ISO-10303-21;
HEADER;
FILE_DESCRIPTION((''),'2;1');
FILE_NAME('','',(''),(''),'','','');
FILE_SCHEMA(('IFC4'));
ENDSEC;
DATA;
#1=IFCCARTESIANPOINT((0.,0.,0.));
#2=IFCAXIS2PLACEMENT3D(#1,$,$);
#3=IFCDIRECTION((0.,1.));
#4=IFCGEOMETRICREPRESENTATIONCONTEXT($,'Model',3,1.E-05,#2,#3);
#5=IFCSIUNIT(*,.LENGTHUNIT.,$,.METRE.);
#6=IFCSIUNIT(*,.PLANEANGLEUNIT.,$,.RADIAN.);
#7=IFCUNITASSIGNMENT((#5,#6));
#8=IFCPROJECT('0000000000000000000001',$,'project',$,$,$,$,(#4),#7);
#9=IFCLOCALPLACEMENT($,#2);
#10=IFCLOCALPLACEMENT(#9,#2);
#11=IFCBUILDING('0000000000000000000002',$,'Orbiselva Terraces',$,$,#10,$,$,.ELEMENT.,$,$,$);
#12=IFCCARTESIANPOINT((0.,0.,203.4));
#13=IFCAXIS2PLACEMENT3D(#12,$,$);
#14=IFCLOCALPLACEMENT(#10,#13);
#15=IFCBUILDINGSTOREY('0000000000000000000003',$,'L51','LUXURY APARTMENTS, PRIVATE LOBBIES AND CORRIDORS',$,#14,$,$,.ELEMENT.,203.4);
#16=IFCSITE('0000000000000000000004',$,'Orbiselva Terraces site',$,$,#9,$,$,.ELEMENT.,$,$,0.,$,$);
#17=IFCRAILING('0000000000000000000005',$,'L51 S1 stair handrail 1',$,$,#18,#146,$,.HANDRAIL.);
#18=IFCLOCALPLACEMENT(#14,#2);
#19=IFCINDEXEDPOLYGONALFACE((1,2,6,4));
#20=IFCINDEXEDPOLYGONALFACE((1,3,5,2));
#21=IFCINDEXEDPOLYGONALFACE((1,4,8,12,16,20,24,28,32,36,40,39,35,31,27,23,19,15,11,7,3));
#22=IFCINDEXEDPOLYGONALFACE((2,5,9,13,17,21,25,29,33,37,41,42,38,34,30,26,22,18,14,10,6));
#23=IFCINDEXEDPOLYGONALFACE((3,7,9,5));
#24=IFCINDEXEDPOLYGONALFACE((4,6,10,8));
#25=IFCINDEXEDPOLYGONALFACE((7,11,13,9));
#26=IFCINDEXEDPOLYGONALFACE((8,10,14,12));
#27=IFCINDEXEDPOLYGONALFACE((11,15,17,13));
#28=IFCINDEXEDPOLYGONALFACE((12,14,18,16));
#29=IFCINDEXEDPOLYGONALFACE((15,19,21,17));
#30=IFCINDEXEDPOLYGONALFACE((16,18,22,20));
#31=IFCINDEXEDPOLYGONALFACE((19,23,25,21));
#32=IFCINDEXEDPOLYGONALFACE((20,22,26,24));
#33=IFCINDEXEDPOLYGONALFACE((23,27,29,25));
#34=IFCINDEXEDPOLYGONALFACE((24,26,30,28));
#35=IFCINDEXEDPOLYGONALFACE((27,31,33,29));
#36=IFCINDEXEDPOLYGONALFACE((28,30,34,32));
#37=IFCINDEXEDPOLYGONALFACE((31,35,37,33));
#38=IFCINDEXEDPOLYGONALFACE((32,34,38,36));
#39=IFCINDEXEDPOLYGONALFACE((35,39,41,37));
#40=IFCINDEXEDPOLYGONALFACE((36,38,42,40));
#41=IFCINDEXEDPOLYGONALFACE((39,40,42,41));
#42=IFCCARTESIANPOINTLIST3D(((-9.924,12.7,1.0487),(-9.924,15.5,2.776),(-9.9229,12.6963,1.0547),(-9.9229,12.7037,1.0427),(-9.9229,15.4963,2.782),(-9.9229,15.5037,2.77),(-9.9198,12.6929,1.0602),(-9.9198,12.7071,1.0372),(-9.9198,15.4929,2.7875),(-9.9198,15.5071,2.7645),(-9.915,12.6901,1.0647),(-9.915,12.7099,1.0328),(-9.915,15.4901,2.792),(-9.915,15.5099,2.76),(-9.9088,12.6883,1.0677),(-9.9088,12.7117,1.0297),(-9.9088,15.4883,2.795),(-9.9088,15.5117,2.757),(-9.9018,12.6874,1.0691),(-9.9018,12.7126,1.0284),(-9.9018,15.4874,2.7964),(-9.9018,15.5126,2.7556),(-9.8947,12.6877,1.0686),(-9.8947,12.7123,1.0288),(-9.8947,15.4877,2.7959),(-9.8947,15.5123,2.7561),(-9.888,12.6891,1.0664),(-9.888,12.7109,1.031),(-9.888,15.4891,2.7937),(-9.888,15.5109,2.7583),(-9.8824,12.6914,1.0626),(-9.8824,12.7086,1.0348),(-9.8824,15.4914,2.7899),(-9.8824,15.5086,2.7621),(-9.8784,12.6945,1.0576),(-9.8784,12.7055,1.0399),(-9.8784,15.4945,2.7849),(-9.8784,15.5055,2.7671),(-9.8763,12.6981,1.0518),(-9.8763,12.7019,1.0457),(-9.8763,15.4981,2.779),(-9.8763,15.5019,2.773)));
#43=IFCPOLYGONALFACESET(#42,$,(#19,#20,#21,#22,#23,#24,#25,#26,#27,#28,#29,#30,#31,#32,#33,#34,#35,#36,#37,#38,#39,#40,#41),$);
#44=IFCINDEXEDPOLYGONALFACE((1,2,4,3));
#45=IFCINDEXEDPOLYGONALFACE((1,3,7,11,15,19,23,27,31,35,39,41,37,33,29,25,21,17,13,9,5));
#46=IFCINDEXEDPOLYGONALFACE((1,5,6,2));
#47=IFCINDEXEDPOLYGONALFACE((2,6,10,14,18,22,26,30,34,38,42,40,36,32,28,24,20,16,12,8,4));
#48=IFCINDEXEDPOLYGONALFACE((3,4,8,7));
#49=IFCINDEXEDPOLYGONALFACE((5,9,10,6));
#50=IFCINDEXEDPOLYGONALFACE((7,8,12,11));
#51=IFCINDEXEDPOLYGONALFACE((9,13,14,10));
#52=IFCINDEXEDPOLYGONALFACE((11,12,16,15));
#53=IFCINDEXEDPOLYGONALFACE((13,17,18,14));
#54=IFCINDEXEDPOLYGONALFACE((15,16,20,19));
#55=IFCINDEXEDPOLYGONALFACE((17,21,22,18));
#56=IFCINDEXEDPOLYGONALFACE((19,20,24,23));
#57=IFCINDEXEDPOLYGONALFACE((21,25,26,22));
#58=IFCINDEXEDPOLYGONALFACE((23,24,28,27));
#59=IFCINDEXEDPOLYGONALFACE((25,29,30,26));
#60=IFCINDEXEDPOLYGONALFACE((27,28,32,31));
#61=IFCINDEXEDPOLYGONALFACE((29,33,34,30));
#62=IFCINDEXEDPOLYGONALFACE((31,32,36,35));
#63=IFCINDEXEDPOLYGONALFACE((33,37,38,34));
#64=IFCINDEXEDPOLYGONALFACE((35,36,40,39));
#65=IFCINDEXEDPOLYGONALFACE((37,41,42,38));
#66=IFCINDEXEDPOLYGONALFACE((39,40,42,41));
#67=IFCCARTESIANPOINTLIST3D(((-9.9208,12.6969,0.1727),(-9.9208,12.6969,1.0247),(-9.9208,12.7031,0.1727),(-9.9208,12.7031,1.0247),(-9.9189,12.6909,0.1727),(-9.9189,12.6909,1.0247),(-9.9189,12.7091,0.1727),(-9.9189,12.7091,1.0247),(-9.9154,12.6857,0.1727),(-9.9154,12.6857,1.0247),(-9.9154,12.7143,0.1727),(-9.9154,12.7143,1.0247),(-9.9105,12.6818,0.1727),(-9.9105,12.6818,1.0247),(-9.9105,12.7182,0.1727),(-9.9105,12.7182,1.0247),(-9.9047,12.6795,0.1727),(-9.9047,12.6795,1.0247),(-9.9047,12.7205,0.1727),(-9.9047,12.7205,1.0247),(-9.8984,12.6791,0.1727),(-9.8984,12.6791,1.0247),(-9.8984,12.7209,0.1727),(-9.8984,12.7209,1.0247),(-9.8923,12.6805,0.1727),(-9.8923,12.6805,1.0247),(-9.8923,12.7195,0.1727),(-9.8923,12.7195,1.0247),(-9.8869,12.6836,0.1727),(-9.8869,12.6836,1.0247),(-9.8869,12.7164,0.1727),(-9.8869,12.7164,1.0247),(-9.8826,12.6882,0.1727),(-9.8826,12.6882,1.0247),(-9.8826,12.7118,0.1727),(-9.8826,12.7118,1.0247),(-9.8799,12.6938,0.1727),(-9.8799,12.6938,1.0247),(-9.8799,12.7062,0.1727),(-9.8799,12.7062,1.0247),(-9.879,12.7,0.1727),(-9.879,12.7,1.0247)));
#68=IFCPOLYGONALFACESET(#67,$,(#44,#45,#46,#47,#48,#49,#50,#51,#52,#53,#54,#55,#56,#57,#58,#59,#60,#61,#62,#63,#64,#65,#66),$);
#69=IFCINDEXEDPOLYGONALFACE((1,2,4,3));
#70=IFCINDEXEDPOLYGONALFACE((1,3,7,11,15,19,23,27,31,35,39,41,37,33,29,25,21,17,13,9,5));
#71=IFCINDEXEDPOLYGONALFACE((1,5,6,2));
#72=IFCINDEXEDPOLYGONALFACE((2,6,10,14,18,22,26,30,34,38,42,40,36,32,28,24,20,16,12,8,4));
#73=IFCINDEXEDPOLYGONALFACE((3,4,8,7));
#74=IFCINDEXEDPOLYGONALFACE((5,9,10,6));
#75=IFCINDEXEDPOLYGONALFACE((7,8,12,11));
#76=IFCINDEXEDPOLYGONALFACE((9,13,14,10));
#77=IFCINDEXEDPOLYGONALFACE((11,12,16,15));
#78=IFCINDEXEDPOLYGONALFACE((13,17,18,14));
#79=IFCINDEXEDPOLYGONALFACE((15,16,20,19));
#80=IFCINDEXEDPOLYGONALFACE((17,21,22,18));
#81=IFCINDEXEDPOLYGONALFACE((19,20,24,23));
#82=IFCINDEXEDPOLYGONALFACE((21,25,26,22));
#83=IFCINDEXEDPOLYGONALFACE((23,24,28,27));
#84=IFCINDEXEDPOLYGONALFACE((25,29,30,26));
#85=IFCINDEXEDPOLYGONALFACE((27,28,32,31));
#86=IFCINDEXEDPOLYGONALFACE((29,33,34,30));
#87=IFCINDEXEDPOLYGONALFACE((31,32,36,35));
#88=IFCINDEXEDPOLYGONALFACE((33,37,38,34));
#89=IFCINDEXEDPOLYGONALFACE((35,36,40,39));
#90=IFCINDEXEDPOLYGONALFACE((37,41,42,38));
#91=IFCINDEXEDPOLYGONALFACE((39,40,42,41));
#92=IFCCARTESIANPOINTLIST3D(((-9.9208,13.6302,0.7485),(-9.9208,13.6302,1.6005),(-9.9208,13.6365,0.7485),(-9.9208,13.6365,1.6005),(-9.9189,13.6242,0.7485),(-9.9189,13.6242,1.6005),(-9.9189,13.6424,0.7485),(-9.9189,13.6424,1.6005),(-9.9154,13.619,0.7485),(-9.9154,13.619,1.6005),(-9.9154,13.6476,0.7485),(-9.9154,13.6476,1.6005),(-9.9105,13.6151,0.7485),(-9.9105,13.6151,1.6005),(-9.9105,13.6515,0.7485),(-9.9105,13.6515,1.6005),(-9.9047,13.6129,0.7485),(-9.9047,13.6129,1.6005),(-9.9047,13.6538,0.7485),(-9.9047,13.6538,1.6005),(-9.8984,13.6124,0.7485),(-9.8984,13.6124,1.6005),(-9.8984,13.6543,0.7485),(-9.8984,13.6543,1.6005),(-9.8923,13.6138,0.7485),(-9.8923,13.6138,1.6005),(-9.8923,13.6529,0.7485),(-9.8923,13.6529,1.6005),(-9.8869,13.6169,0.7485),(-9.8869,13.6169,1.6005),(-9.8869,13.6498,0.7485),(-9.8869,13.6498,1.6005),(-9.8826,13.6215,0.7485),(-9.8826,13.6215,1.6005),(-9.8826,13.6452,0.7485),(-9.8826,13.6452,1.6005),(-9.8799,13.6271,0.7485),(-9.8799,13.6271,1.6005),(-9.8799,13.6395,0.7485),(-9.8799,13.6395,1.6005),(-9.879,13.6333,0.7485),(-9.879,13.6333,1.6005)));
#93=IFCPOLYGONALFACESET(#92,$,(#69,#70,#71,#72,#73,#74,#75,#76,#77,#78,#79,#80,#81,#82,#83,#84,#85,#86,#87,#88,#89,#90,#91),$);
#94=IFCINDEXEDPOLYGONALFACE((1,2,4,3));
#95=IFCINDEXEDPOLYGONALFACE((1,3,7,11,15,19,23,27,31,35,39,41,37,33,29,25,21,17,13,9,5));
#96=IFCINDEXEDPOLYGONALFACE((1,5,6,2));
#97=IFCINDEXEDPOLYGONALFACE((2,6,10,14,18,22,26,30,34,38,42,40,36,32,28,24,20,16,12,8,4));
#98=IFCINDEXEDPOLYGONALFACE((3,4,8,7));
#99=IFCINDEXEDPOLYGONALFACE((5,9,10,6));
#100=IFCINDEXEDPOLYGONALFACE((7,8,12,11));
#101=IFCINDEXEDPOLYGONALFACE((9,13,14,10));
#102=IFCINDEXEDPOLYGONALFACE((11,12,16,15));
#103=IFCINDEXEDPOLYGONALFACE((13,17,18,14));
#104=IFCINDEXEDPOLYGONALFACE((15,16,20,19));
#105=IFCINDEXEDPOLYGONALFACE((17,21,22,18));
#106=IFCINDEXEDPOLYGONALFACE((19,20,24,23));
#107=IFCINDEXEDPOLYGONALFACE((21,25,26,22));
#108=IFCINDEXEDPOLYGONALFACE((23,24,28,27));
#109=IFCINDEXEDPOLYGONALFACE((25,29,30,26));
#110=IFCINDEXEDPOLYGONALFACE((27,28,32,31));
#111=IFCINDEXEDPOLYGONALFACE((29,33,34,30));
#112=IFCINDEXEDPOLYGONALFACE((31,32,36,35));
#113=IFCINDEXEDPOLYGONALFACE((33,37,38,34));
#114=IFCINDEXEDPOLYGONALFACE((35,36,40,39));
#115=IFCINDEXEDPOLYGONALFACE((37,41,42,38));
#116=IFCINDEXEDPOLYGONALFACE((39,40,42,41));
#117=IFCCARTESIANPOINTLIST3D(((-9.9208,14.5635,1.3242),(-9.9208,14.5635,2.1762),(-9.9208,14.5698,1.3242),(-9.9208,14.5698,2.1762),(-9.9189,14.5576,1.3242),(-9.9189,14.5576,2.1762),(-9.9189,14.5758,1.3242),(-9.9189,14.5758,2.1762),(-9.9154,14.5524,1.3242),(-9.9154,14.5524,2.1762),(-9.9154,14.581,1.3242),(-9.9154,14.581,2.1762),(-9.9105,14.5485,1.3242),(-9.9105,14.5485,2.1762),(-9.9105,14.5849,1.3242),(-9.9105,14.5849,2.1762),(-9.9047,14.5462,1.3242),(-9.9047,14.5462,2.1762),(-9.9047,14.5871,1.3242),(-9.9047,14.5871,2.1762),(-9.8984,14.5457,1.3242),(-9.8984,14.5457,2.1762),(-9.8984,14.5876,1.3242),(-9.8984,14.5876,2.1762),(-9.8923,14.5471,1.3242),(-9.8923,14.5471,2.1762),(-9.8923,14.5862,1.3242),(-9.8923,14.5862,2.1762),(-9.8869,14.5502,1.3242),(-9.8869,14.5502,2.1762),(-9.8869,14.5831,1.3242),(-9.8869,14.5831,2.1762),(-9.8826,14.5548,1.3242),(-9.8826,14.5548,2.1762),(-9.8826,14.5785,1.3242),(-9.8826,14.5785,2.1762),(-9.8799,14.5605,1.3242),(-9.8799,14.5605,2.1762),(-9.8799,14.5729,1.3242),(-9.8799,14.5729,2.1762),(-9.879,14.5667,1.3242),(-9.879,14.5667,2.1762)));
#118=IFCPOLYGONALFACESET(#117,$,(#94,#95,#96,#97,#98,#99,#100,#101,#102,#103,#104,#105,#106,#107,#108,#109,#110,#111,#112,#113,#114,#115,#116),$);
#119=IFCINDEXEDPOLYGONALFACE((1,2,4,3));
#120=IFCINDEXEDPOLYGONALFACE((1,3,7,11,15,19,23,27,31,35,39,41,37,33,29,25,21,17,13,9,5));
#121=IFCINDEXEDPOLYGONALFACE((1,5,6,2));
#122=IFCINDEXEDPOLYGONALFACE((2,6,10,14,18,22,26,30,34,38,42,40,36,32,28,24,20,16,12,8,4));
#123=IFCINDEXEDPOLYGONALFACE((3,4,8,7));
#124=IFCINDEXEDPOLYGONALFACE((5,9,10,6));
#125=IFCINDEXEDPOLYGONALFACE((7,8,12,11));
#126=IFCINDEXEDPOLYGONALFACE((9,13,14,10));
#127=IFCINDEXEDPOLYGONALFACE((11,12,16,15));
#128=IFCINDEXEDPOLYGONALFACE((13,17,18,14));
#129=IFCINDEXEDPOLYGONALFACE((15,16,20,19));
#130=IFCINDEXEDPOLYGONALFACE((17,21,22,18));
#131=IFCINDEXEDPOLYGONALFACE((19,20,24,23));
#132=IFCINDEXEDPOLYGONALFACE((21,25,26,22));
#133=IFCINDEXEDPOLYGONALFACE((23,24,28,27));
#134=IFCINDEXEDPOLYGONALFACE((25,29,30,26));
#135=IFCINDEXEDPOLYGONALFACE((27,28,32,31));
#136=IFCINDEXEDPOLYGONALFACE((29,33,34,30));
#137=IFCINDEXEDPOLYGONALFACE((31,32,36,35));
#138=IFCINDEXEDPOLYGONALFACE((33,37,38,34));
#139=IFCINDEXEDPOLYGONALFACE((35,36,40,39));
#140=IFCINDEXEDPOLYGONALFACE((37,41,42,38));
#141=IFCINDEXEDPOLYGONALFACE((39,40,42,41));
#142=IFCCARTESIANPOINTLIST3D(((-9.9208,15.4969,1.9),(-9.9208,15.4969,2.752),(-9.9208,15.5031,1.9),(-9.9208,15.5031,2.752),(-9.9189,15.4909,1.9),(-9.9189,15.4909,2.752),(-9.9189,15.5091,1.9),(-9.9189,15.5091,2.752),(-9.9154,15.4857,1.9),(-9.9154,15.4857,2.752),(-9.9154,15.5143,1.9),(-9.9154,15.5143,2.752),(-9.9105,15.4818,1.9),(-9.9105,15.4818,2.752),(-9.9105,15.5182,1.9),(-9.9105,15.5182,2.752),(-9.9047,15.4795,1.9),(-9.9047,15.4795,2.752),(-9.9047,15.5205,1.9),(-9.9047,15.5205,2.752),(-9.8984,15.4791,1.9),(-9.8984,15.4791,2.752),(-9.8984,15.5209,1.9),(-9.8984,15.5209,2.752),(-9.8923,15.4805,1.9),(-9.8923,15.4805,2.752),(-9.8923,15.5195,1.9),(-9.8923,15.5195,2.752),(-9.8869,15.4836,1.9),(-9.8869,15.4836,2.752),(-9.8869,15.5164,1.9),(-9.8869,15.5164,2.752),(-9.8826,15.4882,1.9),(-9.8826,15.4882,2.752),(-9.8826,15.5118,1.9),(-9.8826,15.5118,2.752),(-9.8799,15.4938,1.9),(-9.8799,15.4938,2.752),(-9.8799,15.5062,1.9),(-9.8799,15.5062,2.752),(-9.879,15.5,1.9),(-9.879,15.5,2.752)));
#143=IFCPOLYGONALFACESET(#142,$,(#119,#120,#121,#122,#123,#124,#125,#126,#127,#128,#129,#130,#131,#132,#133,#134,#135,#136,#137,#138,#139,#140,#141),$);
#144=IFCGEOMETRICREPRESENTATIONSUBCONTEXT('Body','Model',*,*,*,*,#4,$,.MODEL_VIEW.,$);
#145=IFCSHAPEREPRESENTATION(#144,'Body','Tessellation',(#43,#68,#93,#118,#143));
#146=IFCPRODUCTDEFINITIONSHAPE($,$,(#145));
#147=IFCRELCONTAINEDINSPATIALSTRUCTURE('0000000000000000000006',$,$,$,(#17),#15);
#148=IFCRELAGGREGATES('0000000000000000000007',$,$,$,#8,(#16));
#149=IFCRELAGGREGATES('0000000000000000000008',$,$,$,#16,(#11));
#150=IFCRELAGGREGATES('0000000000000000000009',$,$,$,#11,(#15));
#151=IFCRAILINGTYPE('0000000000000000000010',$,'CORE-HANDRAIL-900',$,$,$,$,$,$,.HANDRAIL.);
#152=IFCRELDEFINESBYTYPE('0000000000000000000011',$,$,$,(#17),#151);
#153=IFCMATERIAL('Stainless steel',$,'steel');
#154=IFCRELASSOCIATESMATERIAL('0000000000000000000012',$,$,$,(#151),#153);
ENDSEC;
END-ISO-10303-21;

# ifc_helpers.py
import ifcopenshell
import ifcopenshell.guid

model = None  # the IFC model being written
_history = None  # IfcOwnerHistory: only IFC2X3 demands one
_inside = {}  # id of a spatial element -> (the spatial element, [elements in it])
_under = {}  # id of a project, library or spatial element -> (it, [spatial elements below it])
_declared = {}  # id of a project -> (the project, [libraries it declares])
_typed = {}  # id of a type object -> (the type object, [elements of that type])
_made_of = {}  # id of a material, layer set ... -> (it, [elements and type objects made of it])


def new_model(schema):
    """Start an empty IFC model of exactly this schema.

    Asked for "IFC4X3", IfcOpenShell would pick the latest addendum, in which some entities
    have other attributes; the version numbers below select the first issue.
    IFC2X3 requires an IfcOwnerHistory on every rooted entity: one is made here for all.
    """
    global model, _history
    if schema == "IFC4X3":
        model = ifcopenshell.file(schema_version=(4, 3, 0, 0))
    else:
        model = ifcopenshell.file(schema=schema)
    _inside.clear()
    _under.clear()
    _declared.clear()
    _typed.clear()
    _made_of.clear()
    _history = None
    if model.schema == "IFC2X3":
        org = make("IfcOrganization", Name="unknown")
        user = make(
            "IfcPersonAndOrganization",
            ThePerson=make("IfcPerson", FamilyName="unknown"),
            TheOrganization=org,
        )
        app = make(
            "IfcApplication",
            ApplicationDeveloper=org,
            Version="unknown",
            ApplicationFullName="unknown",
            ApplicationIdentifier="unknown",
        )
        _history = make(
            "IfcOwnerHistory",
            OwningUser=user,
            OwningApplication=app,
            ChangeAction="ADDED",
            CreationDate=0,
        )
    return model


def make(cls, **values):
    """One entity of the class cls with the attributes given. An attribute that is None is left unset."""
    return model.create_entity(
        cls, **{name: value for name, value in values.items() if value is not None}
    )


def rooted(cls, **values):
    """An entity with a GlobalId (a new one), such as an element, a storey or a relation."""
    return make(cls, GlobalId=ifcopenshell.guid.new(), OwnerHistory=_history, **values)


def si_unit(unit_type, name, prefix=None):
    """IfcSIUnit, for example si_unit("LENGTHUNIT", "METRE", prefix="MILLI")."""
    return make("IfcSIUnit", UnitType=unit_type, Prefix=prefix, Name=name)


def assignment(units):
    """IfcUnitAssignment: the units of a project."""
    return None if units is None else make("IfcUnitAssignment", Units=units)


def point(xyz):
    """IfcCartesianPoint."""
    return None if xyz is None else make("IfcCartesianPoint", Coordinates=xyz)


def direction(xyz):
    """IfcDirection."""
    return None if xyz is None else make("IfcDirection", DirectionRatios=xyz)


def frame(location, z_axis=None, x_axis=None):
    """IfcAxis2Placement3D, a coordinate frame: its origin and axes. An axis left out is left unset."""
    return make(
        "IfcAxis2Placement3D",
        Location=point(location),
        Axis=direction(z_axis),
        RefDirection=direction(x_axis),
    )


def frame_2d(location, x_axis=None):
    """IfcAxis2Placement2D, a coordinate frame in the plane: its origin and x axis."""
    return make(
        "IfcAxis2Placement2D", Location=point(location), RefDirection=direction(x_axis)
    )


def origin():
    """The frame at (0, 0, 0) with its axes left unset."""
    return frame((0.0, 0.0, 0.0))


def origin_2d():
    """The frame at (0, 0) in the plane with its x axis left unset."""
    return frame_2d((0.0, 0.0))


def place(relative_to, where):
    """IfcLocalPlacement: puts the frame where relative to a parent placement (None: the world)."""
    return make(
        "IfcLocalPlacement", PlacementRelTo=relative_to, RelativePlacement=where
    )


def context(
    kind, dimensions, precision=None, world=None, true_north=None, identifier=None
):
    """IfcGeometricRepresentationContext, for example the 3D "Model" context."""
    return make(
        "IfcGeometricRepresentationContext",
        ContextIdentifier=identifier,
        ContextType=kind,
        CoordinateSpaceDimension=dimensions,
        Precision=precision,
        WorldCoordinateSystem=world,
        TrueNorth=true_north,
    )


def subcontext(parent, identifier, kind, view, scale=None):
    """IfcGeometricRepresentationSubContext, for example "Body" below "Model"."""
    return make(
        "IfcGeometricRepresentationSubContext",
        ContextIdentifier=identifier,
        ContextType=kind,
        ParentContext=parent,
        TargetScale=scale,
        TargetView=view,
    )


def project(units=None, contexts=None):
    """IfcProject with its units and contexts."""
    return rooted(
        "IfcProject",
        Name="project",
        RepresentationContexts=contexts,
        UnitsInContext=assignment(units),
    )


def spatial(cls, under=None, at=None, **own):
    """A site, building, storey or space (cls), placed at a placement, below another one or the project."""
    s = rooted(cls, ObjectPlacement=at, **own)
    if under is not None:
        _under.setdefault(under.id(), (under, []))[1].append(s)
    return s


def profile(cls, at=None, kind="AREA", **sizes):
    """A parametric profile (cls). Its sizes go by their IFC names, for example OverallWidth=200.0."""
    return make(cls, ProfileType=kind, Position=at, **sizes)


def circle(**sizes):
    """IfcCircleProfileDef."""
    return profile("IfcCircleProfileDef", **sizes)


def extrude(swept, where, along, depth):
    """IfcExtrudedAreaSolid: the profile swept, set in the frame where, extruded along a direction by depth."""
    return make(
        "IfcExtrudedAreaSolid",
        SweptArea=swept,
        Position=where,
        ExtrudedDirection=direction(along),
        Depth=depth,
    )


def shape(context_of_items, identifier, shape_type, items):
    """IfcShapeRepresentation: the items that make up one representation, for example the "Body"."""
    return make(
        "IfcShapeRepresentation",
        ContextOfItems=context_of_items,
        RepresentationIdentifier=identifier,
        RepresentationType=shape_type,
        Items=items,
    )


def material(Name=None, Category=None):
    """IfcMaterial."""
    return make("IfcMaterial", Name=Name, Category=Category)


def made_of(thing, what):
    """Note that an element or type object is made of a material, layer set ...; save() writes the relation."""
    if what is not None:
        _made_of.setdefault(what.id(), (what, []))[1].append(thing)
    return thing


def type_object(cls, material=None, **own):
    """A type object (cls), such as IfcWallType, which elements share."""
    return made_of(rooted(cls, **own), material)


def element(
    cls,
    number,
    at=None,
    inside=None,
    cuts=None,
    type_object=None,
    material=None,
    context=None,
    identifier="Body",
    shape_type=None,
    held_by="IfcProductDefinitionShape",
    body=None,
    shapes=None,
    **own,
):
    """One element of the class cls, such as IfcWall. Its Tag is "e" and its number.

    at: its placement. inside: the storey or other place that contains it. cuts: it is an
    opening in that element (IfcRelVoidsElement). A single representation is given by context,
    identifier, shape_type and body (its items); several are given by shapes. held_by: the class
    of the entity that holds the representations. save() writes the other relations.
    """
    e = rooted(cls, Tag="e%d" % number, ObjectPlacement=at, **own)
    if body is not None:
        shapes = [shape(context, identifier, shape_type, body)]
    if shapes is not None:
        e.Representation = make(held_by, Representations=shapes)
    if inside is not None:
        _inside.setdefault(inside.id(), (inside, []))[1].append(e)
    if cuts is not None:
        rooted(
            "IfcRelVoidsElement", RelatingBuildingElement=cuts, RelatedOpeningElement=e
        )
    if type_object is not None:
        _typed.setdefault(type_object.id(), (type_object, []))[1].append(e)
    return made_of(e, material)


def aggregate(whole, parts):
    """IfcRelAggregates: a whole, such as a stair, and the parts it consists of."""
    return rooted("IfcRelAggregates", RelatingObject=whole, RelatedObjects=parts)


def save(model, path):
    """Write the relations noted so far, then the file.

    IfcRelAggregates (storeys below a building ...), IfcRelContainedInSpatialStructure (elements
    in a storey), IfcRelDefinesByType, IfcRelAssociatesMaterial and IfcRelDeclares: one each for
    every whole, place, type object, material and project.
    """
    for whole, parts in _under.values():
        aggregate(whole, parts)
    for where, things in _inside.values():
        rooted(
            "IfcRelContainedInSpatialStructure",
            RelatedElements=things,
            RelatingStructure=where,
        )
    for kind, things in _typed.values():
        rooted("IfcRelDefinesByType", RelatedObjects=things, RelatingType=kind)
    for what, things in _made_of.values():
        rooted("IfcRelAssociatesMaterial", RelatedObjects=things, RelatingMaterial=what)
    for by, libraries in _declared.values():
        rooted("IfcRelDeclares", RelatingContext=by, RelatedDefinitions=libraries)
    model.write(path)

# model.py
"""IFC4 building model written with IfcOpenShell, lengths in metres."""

from ifc_helpers import new_model, si_unit, direction, frame, origin, origin_2d, place, context, subcontext, project, spatial, circle, extrude, material, type_object, element, save


model = new_model("IFC4")

# Units and contexts
model_context = context("Model", 3, precision=1e-05, world=origin(), true_north=direction((0.0, 1.0)))
body_context = subcontext(model_context, "Body", "Model", "MODEL_VIEW")
ifc_project = project(units=[si_unit("LENGTHUNIT", "METRE"), si_unit("PLANEANGLEUNIT", "RADIAN")], contexts=[model_context])

# Site, building, storey
site_placement = place(None, origin())
site = spatial("IfcSite", under=ifc_project, at=site_placement, Name="Orbiselva Terraces site", CompositionType="ELEMENT", RefElevation=0.0)
building_placement = place(site_placement, origin())
building = spatial("IfcBuilding", under=site, at=building_placement, Name="Orbiselva Terraces", CompositionType="ELEMENT")
storey_placement = place(building_placement, frame((0.0, 0.0, 203.4)))
storey = spatial("IfcBuildingStorey", under=building, at=storey_placement, Name="L51", Description="LUXURY APARTMENTS, PRIVATE LOBBIES AND CORRIDORS", CompositionType="ELEMENT", Elevation=203.4)

# Railing
ifc_material_1 = material(Name="Stainless steel", Category="steel")
railing_type_1 = type_object("IfcRailingType", Name="CORE-HANDRAIL-900", PredefinedType="HANDRAIL", material=ifc_material_1)
railing_1_placement = place(storey_placement, frame((-9.9, 12.7, 0.1727)))
element("IfcRailing", 1, at=railing_1_placement, inside=storey, type_object=railing_type_1, Name="L51 S1 stair handrail 1", PredefinedType="HANDRAIL", context=body_context, shape_type="SweptSolid", body=[
    extrude(circle(Radius=0.024, at=origin_2d()), frame((0.0, 0.0, 0.876), z_axis=(0.0, 0.851089, 0.525022), x_axis=(-1.0, 0.0, 0.0)), (0.0, 0.0, 1.0), 3.2899),
    extrude(circle(Radius=0.021, at=origin_2d()), origin(), (0.0, 0.0, 1.0), 0.852),
    extrude(circle(Radius=0.021, at=origin_2d()), frame((0.0, 0.9333, 0.5758)), (0.0, 0.0, 1.0), 0.852),
    extrude(circle(Radius=0.021, at=origin_2d()), frame((0.0, 1.8667, 1.1515)), (0.0, 0.0, 1.0), 0.852),
    extrude(circle(Radius=0.021, at=origin_2d()), frame((0.0, 2.8, 1.7273)), (0.0, 0.0, 1.0), 0.852),
])

save(model, "model.ifc")
